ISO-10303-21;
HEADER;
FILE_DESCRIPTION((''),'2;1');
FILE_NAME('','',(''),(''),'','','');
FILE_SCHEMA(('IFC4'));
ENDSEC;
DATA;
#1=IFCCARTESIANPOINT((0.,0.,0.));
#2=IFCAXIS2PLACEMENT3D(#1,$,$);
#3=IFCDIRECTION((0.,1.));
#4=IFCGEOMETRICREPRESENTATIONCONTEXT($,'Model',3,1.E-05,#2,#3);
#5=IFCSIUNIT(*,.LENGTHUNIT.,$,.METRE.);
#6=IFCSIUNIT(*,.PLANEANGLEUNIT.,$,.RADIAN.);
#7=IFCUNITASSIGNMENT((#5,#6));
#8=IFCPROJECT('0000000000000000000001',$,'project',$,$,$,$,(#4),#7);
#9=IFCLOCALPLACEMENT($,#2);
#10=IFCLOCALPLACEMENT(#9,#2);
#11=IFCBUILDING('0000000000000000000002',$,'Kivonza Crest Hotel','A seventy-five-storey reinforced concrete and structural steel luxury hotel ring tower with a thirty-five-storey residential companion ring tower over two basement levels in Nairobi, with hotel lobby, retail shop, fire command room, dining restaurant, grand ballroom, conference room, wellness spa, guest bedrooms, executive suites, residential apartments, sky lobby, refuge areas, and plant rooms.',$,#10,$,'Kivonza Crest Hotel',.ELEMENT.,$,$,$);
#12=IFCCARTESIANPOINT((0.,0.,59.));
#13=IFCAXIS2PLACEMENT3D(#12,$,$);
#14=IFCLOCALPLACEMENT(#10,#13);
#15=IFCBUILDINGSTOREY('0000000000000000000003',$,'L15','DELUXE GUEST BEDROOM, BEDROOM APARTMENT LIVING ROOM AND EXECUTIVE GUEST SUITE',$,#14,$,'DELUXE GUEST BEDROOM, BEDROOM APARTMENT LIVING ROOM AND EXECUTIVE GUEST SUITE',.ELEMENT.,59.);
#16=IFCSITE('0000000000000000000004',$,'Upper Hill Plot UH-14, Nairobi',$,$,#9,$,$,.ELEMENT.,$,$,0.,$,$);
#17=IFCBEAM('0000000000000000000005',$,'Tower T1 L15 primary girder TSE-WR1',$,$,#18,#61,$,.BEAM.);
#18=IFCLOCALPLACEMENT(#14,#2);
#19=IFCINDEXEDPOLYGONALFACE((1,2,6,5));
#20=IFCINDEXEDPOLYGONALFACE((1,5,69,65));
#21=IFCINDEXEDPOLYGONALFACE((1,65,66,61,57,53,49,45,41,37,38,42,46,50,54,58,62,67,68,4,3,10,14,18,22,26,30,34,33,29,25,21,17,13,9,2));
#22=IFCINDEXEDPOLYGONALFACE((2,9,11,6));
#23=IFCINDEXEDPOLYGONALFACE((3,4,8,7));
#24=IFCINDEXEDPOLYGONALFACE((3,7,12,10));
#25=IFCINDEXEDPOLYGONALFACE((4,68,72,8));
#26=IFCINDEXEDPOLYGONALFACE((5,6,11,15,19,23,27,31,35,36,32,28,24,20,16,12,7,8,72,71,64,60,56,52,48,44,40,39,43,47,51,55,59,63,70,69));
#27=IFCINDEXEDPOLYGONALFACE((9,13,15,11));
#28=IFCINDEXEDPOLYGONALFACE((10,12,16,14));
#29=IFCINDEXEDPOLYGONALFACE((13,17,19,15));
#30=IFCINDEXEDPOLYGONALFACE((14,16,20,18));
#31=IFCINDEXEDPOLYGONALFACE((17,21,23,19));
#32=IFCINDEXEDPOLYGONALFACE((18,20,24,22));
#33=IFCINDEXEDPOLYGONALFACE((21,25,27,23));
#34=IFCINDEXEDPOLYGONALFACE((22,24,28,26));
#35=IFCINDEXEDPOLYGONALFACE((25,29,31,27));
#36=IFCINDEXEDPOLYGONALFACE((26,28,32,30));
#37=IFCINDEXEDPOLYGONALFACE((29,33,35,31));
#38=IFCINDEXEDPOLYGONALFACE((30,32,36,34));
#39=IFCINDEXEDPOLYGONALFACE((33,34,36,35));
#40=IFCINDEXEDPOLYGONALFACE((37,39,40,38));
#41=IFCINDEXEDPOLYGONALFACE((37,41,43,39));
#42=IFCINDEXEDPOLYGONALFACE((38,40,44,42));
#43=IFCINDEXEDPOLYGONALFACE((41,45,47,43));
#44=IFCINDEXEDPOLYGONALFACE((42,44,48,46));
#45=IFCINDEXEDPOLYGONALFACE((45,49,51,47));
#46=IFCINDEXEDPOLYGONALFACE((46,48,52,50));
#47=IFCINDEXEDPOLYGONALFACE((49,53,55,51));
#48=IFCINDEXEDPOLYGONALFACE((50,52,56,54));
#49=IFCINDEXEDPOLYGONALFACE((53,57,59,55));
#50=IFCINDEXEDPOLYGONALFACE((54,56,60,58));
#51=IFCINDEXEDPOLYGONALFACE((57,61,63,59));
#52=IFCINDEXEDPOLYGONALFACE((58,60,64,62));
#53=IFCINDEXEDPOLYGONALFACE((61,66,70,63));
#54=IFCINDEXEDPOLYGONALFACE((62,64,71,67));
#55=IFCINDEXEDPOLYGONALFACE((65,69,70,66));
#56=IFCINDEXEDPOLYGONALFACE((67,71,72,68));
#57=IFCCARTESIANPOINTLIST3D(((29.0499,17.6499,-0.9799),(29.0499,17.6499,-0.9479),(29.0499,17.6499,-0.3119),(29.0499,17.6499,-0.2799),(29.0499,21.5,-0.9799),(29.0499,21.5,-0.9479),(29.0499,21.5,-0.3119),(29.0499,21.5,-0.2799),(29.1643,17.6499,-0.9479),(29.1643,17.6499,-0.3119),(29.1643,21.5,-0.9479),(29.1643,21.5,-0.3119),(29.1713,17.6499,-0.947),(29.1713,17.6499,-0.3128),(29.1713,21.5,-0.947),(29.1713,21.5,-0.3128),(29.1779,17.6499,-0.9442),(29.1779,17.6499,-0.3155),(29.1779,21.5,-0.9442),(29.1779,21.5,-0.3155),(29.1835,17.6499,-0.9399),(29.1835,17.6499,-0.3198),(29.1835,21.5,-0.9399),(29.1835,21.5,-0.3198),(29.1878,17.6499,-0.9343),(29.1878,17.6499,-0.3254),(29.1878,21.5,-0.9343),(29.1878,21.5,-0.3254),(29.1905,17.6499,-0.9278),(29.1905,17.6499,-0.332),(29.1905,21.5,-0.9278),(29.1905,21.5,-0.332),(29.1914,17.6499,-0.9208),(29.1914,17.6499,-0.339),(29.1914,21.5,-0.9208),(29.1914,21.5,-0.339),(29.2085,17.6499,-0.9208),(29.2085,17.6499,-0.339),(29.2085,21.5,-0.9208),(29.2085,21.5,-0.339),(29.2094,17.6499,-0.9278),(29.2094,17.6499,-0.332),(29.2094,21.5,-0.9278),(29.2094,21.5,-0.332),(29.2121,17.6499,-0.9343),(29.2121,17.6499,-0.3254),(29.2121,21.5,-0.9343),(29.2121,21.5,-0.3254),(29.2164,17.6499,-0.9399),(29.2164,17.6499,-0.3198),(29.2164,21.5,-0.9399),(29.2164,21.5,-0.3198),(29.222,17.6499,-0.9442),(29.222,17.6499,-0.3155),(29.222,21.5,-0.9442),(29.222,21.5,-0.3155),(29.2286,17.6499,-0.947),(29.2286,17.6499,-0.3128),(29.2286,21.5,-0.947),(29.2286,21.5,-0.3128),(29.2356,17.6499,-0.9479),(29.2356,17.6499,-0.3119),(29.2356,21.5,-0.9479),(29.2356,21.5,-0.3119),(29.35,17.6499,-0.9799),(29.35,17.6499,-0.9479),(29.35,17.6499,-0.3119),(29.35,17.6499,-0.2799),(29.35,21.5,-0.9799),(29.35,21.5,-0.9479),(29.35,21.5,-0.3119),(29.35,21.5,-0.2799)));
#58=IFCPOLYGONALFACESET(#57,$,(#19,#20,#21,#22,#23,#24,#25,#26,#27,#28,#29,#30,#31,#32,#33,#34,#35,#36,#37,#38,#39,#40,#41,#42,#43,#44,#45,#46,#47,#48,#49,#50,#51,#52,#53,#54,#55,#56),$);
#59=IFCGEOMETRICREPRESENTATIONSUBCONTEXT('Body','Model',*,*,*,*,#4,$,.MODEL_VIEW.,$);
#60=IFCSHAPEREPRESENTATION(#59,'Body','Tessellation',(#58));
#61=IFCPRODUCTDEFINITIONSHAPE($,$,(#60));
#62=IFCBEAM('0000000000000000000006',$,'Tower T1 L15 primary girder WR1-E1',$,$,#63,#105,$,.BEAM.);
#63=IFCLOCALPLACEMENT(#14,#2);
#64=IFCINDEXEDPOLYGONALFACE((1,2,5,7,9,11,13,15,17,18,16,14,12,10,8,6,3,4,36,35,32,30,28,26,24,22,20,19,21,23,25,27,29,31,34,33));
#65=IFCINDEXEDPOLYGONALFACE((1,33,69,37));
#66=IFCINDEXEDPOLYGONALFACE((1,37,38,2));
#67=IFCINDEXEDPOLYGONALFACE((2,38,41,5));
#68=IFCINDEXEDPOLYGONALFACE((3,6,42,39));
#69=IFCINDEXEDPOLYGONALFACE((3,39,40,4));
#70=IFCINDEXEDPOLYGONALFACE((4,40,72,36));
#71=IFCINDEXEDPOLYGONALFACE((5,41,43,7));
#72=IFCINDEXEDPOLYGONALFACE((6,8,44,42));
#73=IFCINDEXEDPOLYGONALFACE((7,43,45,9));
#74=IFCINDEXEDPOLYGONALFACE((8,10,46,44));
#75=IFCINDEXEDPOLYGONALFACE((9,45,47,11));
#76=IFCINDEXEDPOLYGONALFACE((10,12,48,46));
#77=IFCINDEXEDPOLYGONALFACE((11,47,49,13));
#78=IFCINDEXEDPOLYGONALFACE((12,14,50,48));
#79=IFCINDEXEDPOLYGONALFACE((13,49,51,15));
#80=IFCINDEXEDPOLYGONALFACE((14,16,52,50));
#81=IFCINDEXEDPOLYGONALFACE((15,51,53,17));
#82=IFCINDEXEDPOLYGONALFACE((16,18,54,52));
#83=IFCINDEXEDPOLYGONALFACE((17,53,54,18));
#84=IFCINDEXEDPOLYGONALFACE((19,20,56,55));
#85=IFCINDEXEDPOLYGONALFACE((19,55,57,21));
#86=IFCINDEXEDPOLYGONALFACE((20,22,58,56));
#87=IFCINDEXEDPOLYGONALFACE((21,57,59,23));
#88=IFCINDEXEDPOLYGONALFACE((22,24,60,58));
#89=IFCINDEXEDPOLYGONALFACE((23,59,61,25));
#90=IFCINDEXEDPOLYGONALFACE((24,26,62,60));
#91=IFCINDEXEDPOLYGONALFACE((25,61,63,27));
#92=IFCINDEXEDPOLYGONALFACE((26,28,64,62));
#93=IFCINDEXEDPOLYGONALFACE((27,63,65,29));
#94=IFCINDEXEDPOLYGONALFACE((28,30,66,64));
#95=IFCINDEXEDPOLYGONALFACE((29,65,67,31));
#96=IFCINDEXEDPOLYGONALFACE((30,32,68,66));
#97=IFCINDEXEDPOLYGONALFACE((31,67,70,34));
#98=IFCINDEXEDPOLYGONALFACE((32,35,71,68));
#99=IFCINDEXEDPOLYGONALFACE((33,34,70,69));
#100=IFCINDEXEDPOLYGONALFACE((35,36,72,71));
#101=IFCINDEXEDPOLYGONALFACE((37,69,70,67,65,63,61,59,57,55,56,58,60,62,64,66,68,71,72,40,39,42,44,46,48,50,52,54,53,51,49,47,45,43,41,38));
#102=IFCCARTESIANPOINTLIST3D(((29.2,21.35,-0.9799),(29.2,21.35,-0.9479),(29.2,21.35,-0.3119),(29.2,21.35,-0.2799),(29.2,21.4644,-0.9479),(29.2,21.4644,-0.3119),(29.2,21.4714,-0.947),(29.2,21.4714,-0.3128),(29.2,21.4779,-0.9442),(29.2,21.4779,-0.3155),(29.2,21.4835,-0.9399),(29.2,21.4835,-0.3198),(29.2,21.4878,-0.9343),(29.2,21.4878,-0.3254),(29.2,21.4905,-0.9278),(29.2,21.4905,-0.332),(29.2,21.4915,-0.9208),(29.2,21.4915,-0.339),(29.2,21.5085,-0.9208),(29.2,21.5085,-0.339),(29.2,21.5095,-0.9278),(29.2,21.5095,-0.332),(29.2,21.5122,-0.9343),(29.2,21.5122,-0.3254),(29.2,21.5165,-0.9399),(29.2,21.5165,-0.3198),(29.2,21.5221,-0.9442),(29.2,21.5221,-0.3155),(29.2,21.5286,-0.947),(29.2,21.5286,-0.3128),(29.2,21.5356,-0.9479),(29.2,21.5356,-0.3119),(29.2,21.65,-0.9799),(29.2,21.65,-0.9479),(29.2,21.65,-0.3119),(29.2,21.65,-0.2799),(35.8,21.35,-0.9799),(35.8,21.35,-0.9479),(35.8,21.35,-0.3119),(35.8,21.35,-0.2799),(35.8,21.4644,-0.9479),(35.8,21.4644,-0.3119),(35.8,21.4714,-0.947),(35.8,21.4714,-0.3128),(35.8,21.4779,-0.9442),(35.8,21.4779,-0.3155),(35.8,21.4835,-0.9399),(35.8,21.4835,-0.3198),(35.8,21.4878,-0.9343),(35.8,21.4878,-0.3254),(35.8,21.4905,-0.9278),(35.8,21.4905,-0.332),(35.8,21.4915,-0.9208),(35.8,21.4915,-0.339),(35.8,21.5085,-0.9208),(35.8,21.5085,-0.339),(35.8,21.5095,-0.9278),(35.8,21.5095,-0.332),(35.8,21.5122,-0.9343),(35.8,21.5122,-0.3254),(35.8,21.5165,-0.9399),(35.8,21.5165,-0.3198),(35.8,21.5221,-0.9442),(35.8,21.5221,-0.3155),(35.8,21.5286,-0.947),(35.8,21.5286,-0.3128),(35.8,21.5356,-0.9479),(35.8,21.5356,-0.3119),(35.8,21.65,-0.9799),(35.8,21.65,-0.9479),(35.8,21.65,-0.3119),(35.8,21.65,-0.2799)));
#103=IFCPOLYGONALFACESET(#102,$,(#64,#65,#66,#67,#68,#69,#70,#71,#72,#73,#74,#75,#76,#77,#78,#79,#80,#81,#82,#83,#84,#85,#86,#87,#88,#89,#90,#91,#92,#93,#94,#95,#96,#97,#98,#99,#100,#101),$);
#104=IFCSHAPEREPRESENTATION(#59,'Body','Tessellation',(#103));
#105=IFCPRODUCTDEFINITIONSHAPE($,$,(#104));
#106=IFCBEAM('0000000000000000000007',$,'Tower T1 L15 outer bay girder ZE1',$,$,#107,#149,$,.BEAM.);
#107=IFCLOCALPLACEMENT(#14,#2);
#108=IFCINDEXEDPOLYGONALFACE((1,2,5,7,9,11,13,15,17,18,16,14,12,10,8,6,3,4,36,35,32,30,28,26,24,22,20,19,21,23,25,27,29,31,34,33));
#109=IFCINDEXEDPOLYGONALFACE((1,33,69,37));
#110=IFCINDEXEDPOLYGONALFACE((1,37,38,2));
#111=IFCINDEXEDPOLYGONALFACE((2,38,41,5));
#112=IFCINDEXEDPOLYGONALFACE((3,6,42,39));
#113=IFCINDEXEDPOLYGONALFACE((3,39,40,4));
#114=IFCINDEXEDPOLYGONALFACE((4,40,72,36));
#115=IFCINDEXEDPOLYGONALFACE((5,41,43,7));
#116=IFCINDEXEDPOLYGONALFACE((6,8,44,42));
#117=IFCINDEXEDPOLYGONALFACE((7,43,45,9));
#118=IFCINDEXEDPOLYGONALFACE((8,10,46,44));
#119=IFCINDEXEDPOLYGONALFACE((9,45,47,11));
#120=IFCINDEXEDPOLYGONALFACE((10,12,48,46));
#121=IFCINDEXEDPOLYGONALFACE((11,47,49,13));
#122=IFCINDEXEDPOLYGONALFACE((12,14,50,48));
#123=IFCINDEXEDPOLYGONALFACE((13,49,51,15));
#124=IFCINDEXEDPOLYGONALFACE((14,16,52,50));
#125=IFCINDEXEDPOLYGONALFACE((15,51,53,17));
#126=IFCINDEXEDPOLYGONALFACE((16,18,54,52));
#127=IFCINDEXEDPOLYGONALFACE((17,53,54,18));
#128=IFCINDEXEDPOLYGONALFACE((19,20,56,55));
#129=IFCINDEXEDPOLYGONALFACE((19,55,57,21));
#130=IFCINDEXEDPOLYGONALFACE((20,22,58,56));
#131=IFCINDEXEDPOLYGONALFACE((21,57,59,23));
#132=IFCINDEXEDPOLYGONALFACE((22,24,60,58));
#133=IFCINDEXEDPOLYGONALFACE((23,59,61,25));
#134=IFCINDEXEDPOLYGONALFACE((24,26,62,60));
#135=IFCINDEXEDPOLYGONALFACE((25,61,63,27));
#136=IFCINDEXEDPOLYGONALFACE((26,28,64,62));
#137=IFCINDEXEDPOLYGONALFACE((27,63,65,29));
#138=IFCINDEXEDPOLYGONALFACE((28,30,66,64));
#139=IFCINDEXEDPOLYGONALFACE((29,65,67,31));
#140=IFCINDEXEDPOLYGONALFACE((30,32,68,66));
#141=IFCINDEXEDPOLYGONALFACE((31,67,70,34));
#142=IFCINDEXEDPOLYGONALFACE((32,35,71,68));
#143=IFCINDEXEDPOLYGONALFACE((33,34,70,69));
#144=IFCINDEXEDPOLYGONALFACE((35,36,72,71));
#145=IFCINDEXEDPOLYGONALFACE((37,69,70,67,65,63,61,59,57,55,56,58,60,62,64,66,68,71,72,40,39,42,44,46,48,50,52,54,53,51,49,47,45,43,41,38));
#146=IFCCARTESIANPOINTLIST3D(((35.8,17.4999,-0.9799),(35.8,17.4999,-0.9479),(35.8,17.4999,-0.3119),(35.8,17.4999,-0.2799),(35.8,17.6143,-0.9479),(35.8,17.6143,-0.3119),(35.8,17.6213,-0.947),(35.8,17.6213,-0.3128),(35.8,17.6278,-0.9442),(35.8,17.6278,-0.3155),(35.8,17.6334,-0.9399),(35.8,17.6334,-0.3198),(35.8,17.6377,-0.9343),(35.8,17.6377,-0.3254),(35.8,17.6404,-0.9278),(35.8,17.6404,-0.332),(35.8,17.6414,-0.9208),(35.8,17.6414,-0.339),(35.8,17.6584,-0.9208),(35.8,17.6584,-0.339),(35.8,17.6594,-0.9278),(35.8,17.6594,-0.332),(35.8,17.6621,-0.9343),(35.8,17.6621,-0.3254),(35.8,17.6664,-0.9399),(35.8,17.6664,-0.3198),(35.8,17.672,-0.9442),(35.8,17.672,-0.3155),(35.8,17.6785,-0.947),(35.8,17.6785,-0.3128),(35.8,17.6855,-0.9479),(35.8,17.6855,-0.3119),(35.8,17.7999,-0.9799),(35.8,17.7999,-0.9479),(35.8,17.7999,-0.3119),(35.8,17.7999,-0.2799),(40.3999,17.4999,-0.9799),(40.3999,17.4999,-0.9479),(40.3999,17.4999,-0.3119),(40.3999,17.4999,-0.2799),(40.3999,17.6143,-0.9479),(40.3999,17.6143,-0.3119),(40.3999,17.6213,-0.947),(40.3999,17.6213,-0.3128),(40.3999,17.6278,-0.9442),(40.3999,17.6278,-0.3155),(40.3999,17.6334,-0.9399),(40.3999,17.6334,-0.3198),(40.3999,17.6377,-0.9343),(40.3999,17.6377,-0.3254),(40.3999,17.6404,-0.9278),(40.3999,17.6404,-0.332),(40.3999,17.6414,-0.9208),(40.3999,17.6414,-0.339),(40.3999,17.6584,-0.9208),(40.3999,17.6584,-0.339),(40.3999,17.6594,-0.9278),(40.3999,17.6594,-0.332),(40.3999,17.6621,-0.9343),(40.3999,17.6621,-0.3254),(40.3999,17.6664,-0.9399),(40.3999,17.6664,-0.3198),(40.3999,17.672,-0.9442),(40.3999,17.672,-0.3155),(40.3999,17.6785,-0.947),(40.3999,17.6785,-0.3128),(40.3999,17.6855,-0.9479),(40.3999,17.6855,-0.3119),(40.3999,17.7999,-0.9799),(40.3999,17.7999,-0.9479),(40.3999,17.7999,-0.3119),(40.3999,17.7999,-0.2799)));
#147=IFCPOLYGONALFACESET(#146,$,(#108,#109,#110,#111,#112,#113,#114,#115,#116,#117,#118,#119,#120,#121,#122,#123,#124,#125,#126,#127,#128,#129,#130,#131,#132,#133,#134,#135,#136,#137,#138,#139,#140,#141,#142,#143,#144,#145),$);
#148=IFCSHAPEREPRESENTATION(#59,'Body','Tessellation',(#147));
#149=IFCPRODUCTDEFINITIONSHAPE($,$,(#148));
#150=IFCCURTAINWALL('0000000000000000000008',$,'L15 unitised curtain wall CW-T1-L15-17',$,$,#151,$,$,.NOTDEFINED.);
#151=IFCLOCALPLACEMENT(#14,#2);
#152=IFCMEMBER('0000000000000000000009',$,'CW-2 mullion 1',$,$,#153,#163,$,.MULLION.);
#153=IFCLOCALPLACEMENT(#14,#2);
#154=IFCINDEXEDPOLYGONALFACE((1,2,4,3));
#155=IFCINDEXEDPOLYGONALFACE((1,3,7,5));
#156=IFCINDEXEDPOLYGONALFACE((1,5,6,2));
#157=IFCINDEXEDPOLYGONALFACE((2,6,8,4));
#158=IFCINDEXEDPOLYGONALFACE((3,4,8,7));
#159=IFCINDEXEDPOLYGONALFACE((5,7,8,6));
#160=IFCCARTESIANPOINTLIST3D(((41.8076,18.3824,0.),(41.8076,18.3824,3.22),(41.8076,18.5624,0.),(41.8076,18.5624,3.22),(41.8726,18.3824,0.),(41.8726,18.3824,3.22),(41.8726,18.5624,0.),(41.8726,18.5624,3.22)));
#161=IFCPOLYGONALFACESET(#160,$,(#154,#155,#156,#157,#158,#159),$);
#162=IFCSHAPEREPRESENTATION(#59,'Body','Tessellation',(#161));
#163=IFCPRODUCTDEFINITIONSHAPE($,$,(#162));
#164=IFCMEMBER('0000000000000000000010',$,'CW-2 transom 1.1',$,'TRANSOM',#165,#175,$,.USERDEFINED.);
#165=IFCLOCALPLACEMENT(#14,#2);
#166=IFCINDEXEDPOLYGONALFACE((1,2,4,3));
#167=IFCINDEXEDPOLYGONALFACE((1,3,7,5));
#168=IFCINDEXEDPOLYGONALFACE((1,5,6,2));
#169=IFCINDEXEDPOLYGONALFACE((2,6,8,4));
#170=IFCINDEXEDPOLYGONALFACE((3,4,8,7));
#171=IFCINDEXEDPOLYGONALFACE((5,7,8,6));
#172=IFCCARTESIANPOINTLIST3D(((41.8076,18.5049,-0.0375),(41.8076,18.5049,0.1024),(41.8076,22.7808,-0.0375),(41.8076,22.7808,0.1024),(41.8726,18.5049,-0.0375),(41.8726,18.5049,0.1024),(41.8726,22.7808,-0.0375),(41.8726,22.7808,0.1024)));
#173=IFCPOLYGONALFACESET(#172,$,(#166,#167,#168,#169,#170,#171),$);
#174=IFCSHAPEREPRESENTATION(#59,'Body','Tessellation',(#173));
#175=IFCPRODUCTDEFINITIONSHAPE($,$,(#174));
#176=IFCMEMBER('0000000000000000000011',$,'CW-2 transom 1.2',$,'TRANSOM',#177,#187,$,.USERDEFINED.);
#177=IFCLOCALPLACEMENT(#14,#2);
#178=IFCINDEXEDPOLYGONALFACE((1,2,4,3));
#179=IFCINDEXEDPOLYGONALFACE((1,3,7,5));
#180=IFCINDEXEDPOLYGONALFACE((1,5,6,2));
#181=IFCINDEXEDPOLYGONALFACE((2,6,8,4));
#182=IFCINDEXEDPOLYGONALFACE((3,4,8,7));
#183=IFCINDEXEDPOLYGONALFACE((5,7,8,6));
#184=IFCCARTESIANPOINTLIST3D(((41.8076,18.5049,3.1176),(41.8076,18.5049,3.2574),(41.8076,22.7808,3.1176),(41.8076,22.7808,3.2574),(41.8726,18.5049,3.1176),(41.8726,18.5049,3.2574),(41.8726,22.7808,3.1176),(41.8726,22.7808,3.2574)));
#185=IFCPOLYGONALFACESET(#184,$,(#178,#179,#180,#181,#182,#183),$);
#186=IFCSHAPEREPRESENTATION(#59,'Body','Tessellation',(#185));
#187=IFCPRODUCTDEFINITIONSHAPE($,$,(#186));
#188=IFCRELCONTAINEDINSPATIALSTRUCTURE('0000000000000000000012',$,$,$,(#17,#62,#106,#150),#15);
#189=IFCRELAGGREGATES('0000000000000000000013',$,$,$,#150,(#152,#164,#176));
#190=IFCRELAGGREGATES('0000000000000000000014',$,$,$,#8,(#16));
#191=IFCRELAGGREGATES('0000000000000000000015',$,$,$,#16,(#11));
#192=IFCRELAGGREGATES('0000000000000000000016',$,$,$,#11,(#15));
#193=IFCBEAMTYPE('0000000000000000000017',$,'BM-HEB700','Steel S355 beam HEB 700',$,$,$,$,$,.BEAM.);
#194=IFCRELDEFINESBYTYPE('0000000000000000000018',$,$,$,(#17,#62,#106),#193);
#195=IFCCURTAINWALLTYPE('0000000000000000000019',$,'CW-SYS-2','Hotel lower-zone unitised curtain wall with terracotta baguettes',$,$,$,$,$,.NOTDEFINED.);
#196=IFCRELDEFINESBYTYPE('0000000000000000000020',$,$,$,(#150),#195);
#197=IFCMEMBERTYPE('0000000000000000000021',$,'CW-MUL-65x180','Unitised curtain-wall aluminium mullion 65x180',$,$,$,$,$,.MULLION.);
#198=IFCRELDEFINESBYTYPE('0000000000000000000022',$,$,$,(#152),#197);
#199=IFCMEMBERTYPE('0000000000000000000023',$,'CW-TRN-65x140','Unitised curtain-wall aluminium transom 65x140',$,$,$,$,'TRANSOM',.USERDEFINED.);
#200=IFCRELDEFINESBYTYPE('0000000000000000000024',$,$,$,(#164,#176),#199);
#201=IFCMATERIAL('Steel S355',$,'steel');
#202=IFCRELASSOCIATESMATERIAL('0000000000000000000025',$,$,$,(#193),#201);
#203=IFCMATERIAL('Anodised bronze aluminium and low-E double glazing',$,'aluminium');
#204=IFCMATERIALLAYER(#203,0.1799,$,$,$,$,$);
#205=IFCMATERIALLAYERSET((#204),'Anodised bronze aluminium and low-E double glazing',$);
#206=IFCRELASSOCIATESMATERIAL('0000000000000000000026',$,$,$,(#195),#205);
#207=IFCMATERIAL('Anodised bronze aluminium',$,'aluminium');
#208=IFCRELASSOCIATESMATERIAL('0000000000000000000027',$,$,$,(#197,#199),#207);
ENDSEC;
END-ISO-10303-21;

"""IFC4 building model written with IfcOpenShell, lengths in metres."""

from ifc_helpers import new_model, si_unit, direction, frame, origin, origin_2d, place, context, subcontext, project, spatial, rectangle, i_section, extrude, material, layer, layer_set, material_profile, profile_set, type_object, element, aggregate, save


model = new_model("IFC4")

# Units and contexts
model_context = context("Model", 3, precision=1e-05, world=origin(), true_north=direction((0.0, 1.0)))
body_context = subcontext(model_context, "Body", "Model", "MODEL_VIEW")
ifc_project = project(units=[si_unit("LENGTHUNIT", "METRE"), si_unit("PLANEANGLEUNIT", "RADIAN")], contexts=[model_context])

# Site, building, storey
site_placement = place(None, origin())
site = spatial("IfcSite", under=ifc_project, at=site_placement, Name="Upper Hill Plot UH-14, Nairobi", CompositionType="ELEMENT", RefElevation=0.0)
building_placement = place(site_placement, origin())
building = spatial("IfcBuilding", under=site, at=building_placement, Name="Kivonza Crest Hotel", Description="A seventy-five-storey reinforced concrete and structural steel luxury hotel ring tower with a thirty-five-storey residential companion ring tower over two basement levels in Nairobi, with hotel lobby, retail shop, fire command room, dining restaurant, grand ballroom, conference room, wellness spa, guest bedrooms, executive suites, residential apartments, sky lobby, refuge areas, and plant rooms.", LongName="Kivonza Crest Hotel", CompositionType="ELEMENT")
storey_placement = place(building_placement, frame((0.0, 0.0, 59.0)))
storey = spatial("IfcBuildingStorey", under=building, at=storey_placement, Name="L15", Description="DELUXE GUEST BEDROOM, BEDROOM APARTMENT LIVING ROOM AND EXECUTIVE GUEST SUITE", LongName="DELUXE GUEST BEDROOM, BEDROOM APARTMENT LIVING ROOM AND EXECUTIVE GUEST SUITE", CompositionType="ELEMENT", Elevation=59.0)

# Beams
ifc_material_1 = material(Name="Steel S355", Category="steel")
ifc_material_profile_1 = material_profile(ifc_material_1, i_section(OverallWidth=0.3, OverallDepth=0.7, WebThickness=0.0171, FlangeThickness=0.032, FilletRadius=0.0271, at=origin_2d()), Name="HEB 700")
ifc_profile_set_1 = profile_set([ifc_material_profile_1], Name="Steel S355")
beam_type_1 = type_object("IfcBeamType", Name="BM-HEB700", Description="Steel S355 beam HEB 700", PredefinedType="BEAM", material=ifc_profile_set_1)
beam_1_placement = place(storey_placement, frame((29.2, 17.6499, -0.6299), z_axis=(0.0, 1.0, 0.0), x_axis=(-1.0, 0.0, 0.0)))
element("IfcBeam", 1, at=beam_1_placement, inside=storey, type_object=beam_type_1, Name="Tower T1 L15 primary girder TSE-WR1", PredefinedType="BEAM", context=body_context, shape_type="SweptSolid", body=[
    extrude(i_section(OverallWidth=0.3, OverallDepth=0.7, WebThickness=0.0171, FlangeThickness=0.032, FilletRadius=0.0271, at=origin_2d()), origin(), (0.0, 0.0, 1.0), 3.8501),
])
beam_2_placement = place(storey_placement, frame((29.2, 21.5, -0.6299), z_axis=(1.0, 0.0, 0.0), x_axis=(0.0, 1.0, 0.0)))
element("IfcBeam", 2, at=beam_2_placement, inside=storey, type_object=beam_type_1, Name="Tower T1 L15 primary girder WR1-E1", PredefinedType="BEAM", context=body_context, shape_type="SweptSolid", body=[
    extrude(i_section(OverallWidth=0.3, OverallDepth=0.7, WebThickness=0.0171, FlangeThickness=0.032, FilletRadius=0.0271, at=origin_2d()), origin(), (0.0, 0.0, 1.0), 6.6001),
])
beam_3_placement = place(storey_placement, frame((40.3999, 17.6499, -0.6299), z_axis=(-1.0, 0.0, 0.0), x_axis=(0.0, -1.0, 0.0)))
element("IfcBeam", 3, at=beam_3_placement, inside=storey, type_object=beam_type_1, Name="Tower T1 L15 outer bay girder ZE1", PredefinedType="BEAM", context=body_context, shape_type="SweptSolid", body=[
    extrude(i_section(OverallWidth=0.3, OverallDepth=0.7, WebThickness=0.0171, FlangeThickness=0.032, FilletRadius=0.0271, at=origin_2d()), origin(), (0.0, 0.0, 1.0), 4.5999),
])

# Curtain wall, members
ifc_material_2 = material(Name="Anodised bronze aluminium and low-E double glazing", Category="aluminium")
ifc_layer_1 = layer(ifc_material_2, 0.1799)
ifc_layer_set_1 = layer_set([ifc_layer_1], Name="Anodised bronze aluminium and low-E double glazing")
curtain_wall_type = type_object("IfcCurtainWallType", Name="CW-SYS-2", Description="Hotel lower-zone unitised curtain wall with terracotta baguettes", PredefinedType="NOTDEFINED", material=ifc_layer_set_1)
curtain_wall_placement = place(storey_placement, origin())
curtain_wall = element("IfcCurtainWall", 4, at=curtain_wall_placement, inside=storey, type_object=curtain_wall_type, Name="L15 unitised curtain wall CW-T1-L15-17", PredefinedType="NOTDEFINED")
ifc_material_3 = material(Name="Anodised bronze aluminium", Category="aluminium")
ifc_material_profile_2 = material_profile(ifc_material_3, rectangle(XDim=0.0649, YDim=0.1799, at=origin_2d()), Name="CW-M 65x180")
ifc_profile_set_2 = profile_set([ifc_material_profile_2], Name="Anodised bronze aluminium")
member_type_1 = type_object("IfcMemberType", Name="CW-MUL-65x180", Description="Unitised curtain-wall aluminium mullion 65x180", PredefinedType="MULLION", material=ifc_profile_set_2)
member_1_placement = place(storey_placement, frame((41.8401, 18.4724, 0.0), z_axis=(0.0, 0.0, 1.0), x_axis=(-1.0, 0.0, 0.0)))
member_1 = element("IfcMember", 5, at=member_1_placement, type_object=member_type_1, Name="CW-2 mullion 1", PredefinedType="MULLION", context=body_context, shape_type="SweptSolid", body=[
    extrude(rectangle(XDim=0.0649, YDim=0.1799, at=origin_2d()), origin(), (0.0, 0.0, 1.0), 3.22),
])
ifc_material_profile_3 = material_profile(ifc_material_3, rectangle(XDim=0.0649, YDim=0.1399, at=origin_2d()), Name="CW-T 65x140")
ifc_profile_set_3 = profile_set([ifc_material_profile_3], Name="Anodised bronze aluminium")
member_type_2 = type_object("IfcMemberType", Name="CW-TRN-65x140", Description="Unitised curtain-wall aluminium transom 65x140", ElementType="TRANSOM", PredefinedType="USERDEFINED", material=ifc_profile_set_3)
member_2_placement = place(storey_placement, frame((41.8401, 18.5049, 0.0325), z_axis=(0.0, 1.0, 0.0), x_axis=(-1.0, 0.0, 0.0)))
member_2 = element("IfcMember", 6, at=member_2_placement, type_object=member_type_2, Name="CW-2 transom 1.1", ObjectType="TRANSOM", PredefinedType="USERDEFINED", context=body_context, shape_type="SweptSolid", body=[
    extrude(rectangle(XDim=0.0649, YDim=0.1399, at=origin_2d()), origin(), (0.0, 0.0, 1.0), 4.2759),
])
member_3_placement = place(storey_placement, frame((41.8401, 18.5049, 3.1875), z_axis=(0.0, 1.0, 0.0), x_axis=(-1.0, 0.0, 0.0)))
member_3 = element("IfcMember", 7, at=member_3_placement, type_object=member_type_2, Name="CW-2 transom 1.2", ObjectType="TRANSOM", PredefinedType="USERDEFINED", context=body_context, shape_type="SweptSolid", body=[
    extrude(rectangle(XDim=0.0649, YDim=0.1399, at=origin_2d()), origin(), (0.0, 0.0, 1.0), 4.2759),
])
aggregate(curtain_wall, [member_1, member_2, member_3])

save(model, "model.ifc")
